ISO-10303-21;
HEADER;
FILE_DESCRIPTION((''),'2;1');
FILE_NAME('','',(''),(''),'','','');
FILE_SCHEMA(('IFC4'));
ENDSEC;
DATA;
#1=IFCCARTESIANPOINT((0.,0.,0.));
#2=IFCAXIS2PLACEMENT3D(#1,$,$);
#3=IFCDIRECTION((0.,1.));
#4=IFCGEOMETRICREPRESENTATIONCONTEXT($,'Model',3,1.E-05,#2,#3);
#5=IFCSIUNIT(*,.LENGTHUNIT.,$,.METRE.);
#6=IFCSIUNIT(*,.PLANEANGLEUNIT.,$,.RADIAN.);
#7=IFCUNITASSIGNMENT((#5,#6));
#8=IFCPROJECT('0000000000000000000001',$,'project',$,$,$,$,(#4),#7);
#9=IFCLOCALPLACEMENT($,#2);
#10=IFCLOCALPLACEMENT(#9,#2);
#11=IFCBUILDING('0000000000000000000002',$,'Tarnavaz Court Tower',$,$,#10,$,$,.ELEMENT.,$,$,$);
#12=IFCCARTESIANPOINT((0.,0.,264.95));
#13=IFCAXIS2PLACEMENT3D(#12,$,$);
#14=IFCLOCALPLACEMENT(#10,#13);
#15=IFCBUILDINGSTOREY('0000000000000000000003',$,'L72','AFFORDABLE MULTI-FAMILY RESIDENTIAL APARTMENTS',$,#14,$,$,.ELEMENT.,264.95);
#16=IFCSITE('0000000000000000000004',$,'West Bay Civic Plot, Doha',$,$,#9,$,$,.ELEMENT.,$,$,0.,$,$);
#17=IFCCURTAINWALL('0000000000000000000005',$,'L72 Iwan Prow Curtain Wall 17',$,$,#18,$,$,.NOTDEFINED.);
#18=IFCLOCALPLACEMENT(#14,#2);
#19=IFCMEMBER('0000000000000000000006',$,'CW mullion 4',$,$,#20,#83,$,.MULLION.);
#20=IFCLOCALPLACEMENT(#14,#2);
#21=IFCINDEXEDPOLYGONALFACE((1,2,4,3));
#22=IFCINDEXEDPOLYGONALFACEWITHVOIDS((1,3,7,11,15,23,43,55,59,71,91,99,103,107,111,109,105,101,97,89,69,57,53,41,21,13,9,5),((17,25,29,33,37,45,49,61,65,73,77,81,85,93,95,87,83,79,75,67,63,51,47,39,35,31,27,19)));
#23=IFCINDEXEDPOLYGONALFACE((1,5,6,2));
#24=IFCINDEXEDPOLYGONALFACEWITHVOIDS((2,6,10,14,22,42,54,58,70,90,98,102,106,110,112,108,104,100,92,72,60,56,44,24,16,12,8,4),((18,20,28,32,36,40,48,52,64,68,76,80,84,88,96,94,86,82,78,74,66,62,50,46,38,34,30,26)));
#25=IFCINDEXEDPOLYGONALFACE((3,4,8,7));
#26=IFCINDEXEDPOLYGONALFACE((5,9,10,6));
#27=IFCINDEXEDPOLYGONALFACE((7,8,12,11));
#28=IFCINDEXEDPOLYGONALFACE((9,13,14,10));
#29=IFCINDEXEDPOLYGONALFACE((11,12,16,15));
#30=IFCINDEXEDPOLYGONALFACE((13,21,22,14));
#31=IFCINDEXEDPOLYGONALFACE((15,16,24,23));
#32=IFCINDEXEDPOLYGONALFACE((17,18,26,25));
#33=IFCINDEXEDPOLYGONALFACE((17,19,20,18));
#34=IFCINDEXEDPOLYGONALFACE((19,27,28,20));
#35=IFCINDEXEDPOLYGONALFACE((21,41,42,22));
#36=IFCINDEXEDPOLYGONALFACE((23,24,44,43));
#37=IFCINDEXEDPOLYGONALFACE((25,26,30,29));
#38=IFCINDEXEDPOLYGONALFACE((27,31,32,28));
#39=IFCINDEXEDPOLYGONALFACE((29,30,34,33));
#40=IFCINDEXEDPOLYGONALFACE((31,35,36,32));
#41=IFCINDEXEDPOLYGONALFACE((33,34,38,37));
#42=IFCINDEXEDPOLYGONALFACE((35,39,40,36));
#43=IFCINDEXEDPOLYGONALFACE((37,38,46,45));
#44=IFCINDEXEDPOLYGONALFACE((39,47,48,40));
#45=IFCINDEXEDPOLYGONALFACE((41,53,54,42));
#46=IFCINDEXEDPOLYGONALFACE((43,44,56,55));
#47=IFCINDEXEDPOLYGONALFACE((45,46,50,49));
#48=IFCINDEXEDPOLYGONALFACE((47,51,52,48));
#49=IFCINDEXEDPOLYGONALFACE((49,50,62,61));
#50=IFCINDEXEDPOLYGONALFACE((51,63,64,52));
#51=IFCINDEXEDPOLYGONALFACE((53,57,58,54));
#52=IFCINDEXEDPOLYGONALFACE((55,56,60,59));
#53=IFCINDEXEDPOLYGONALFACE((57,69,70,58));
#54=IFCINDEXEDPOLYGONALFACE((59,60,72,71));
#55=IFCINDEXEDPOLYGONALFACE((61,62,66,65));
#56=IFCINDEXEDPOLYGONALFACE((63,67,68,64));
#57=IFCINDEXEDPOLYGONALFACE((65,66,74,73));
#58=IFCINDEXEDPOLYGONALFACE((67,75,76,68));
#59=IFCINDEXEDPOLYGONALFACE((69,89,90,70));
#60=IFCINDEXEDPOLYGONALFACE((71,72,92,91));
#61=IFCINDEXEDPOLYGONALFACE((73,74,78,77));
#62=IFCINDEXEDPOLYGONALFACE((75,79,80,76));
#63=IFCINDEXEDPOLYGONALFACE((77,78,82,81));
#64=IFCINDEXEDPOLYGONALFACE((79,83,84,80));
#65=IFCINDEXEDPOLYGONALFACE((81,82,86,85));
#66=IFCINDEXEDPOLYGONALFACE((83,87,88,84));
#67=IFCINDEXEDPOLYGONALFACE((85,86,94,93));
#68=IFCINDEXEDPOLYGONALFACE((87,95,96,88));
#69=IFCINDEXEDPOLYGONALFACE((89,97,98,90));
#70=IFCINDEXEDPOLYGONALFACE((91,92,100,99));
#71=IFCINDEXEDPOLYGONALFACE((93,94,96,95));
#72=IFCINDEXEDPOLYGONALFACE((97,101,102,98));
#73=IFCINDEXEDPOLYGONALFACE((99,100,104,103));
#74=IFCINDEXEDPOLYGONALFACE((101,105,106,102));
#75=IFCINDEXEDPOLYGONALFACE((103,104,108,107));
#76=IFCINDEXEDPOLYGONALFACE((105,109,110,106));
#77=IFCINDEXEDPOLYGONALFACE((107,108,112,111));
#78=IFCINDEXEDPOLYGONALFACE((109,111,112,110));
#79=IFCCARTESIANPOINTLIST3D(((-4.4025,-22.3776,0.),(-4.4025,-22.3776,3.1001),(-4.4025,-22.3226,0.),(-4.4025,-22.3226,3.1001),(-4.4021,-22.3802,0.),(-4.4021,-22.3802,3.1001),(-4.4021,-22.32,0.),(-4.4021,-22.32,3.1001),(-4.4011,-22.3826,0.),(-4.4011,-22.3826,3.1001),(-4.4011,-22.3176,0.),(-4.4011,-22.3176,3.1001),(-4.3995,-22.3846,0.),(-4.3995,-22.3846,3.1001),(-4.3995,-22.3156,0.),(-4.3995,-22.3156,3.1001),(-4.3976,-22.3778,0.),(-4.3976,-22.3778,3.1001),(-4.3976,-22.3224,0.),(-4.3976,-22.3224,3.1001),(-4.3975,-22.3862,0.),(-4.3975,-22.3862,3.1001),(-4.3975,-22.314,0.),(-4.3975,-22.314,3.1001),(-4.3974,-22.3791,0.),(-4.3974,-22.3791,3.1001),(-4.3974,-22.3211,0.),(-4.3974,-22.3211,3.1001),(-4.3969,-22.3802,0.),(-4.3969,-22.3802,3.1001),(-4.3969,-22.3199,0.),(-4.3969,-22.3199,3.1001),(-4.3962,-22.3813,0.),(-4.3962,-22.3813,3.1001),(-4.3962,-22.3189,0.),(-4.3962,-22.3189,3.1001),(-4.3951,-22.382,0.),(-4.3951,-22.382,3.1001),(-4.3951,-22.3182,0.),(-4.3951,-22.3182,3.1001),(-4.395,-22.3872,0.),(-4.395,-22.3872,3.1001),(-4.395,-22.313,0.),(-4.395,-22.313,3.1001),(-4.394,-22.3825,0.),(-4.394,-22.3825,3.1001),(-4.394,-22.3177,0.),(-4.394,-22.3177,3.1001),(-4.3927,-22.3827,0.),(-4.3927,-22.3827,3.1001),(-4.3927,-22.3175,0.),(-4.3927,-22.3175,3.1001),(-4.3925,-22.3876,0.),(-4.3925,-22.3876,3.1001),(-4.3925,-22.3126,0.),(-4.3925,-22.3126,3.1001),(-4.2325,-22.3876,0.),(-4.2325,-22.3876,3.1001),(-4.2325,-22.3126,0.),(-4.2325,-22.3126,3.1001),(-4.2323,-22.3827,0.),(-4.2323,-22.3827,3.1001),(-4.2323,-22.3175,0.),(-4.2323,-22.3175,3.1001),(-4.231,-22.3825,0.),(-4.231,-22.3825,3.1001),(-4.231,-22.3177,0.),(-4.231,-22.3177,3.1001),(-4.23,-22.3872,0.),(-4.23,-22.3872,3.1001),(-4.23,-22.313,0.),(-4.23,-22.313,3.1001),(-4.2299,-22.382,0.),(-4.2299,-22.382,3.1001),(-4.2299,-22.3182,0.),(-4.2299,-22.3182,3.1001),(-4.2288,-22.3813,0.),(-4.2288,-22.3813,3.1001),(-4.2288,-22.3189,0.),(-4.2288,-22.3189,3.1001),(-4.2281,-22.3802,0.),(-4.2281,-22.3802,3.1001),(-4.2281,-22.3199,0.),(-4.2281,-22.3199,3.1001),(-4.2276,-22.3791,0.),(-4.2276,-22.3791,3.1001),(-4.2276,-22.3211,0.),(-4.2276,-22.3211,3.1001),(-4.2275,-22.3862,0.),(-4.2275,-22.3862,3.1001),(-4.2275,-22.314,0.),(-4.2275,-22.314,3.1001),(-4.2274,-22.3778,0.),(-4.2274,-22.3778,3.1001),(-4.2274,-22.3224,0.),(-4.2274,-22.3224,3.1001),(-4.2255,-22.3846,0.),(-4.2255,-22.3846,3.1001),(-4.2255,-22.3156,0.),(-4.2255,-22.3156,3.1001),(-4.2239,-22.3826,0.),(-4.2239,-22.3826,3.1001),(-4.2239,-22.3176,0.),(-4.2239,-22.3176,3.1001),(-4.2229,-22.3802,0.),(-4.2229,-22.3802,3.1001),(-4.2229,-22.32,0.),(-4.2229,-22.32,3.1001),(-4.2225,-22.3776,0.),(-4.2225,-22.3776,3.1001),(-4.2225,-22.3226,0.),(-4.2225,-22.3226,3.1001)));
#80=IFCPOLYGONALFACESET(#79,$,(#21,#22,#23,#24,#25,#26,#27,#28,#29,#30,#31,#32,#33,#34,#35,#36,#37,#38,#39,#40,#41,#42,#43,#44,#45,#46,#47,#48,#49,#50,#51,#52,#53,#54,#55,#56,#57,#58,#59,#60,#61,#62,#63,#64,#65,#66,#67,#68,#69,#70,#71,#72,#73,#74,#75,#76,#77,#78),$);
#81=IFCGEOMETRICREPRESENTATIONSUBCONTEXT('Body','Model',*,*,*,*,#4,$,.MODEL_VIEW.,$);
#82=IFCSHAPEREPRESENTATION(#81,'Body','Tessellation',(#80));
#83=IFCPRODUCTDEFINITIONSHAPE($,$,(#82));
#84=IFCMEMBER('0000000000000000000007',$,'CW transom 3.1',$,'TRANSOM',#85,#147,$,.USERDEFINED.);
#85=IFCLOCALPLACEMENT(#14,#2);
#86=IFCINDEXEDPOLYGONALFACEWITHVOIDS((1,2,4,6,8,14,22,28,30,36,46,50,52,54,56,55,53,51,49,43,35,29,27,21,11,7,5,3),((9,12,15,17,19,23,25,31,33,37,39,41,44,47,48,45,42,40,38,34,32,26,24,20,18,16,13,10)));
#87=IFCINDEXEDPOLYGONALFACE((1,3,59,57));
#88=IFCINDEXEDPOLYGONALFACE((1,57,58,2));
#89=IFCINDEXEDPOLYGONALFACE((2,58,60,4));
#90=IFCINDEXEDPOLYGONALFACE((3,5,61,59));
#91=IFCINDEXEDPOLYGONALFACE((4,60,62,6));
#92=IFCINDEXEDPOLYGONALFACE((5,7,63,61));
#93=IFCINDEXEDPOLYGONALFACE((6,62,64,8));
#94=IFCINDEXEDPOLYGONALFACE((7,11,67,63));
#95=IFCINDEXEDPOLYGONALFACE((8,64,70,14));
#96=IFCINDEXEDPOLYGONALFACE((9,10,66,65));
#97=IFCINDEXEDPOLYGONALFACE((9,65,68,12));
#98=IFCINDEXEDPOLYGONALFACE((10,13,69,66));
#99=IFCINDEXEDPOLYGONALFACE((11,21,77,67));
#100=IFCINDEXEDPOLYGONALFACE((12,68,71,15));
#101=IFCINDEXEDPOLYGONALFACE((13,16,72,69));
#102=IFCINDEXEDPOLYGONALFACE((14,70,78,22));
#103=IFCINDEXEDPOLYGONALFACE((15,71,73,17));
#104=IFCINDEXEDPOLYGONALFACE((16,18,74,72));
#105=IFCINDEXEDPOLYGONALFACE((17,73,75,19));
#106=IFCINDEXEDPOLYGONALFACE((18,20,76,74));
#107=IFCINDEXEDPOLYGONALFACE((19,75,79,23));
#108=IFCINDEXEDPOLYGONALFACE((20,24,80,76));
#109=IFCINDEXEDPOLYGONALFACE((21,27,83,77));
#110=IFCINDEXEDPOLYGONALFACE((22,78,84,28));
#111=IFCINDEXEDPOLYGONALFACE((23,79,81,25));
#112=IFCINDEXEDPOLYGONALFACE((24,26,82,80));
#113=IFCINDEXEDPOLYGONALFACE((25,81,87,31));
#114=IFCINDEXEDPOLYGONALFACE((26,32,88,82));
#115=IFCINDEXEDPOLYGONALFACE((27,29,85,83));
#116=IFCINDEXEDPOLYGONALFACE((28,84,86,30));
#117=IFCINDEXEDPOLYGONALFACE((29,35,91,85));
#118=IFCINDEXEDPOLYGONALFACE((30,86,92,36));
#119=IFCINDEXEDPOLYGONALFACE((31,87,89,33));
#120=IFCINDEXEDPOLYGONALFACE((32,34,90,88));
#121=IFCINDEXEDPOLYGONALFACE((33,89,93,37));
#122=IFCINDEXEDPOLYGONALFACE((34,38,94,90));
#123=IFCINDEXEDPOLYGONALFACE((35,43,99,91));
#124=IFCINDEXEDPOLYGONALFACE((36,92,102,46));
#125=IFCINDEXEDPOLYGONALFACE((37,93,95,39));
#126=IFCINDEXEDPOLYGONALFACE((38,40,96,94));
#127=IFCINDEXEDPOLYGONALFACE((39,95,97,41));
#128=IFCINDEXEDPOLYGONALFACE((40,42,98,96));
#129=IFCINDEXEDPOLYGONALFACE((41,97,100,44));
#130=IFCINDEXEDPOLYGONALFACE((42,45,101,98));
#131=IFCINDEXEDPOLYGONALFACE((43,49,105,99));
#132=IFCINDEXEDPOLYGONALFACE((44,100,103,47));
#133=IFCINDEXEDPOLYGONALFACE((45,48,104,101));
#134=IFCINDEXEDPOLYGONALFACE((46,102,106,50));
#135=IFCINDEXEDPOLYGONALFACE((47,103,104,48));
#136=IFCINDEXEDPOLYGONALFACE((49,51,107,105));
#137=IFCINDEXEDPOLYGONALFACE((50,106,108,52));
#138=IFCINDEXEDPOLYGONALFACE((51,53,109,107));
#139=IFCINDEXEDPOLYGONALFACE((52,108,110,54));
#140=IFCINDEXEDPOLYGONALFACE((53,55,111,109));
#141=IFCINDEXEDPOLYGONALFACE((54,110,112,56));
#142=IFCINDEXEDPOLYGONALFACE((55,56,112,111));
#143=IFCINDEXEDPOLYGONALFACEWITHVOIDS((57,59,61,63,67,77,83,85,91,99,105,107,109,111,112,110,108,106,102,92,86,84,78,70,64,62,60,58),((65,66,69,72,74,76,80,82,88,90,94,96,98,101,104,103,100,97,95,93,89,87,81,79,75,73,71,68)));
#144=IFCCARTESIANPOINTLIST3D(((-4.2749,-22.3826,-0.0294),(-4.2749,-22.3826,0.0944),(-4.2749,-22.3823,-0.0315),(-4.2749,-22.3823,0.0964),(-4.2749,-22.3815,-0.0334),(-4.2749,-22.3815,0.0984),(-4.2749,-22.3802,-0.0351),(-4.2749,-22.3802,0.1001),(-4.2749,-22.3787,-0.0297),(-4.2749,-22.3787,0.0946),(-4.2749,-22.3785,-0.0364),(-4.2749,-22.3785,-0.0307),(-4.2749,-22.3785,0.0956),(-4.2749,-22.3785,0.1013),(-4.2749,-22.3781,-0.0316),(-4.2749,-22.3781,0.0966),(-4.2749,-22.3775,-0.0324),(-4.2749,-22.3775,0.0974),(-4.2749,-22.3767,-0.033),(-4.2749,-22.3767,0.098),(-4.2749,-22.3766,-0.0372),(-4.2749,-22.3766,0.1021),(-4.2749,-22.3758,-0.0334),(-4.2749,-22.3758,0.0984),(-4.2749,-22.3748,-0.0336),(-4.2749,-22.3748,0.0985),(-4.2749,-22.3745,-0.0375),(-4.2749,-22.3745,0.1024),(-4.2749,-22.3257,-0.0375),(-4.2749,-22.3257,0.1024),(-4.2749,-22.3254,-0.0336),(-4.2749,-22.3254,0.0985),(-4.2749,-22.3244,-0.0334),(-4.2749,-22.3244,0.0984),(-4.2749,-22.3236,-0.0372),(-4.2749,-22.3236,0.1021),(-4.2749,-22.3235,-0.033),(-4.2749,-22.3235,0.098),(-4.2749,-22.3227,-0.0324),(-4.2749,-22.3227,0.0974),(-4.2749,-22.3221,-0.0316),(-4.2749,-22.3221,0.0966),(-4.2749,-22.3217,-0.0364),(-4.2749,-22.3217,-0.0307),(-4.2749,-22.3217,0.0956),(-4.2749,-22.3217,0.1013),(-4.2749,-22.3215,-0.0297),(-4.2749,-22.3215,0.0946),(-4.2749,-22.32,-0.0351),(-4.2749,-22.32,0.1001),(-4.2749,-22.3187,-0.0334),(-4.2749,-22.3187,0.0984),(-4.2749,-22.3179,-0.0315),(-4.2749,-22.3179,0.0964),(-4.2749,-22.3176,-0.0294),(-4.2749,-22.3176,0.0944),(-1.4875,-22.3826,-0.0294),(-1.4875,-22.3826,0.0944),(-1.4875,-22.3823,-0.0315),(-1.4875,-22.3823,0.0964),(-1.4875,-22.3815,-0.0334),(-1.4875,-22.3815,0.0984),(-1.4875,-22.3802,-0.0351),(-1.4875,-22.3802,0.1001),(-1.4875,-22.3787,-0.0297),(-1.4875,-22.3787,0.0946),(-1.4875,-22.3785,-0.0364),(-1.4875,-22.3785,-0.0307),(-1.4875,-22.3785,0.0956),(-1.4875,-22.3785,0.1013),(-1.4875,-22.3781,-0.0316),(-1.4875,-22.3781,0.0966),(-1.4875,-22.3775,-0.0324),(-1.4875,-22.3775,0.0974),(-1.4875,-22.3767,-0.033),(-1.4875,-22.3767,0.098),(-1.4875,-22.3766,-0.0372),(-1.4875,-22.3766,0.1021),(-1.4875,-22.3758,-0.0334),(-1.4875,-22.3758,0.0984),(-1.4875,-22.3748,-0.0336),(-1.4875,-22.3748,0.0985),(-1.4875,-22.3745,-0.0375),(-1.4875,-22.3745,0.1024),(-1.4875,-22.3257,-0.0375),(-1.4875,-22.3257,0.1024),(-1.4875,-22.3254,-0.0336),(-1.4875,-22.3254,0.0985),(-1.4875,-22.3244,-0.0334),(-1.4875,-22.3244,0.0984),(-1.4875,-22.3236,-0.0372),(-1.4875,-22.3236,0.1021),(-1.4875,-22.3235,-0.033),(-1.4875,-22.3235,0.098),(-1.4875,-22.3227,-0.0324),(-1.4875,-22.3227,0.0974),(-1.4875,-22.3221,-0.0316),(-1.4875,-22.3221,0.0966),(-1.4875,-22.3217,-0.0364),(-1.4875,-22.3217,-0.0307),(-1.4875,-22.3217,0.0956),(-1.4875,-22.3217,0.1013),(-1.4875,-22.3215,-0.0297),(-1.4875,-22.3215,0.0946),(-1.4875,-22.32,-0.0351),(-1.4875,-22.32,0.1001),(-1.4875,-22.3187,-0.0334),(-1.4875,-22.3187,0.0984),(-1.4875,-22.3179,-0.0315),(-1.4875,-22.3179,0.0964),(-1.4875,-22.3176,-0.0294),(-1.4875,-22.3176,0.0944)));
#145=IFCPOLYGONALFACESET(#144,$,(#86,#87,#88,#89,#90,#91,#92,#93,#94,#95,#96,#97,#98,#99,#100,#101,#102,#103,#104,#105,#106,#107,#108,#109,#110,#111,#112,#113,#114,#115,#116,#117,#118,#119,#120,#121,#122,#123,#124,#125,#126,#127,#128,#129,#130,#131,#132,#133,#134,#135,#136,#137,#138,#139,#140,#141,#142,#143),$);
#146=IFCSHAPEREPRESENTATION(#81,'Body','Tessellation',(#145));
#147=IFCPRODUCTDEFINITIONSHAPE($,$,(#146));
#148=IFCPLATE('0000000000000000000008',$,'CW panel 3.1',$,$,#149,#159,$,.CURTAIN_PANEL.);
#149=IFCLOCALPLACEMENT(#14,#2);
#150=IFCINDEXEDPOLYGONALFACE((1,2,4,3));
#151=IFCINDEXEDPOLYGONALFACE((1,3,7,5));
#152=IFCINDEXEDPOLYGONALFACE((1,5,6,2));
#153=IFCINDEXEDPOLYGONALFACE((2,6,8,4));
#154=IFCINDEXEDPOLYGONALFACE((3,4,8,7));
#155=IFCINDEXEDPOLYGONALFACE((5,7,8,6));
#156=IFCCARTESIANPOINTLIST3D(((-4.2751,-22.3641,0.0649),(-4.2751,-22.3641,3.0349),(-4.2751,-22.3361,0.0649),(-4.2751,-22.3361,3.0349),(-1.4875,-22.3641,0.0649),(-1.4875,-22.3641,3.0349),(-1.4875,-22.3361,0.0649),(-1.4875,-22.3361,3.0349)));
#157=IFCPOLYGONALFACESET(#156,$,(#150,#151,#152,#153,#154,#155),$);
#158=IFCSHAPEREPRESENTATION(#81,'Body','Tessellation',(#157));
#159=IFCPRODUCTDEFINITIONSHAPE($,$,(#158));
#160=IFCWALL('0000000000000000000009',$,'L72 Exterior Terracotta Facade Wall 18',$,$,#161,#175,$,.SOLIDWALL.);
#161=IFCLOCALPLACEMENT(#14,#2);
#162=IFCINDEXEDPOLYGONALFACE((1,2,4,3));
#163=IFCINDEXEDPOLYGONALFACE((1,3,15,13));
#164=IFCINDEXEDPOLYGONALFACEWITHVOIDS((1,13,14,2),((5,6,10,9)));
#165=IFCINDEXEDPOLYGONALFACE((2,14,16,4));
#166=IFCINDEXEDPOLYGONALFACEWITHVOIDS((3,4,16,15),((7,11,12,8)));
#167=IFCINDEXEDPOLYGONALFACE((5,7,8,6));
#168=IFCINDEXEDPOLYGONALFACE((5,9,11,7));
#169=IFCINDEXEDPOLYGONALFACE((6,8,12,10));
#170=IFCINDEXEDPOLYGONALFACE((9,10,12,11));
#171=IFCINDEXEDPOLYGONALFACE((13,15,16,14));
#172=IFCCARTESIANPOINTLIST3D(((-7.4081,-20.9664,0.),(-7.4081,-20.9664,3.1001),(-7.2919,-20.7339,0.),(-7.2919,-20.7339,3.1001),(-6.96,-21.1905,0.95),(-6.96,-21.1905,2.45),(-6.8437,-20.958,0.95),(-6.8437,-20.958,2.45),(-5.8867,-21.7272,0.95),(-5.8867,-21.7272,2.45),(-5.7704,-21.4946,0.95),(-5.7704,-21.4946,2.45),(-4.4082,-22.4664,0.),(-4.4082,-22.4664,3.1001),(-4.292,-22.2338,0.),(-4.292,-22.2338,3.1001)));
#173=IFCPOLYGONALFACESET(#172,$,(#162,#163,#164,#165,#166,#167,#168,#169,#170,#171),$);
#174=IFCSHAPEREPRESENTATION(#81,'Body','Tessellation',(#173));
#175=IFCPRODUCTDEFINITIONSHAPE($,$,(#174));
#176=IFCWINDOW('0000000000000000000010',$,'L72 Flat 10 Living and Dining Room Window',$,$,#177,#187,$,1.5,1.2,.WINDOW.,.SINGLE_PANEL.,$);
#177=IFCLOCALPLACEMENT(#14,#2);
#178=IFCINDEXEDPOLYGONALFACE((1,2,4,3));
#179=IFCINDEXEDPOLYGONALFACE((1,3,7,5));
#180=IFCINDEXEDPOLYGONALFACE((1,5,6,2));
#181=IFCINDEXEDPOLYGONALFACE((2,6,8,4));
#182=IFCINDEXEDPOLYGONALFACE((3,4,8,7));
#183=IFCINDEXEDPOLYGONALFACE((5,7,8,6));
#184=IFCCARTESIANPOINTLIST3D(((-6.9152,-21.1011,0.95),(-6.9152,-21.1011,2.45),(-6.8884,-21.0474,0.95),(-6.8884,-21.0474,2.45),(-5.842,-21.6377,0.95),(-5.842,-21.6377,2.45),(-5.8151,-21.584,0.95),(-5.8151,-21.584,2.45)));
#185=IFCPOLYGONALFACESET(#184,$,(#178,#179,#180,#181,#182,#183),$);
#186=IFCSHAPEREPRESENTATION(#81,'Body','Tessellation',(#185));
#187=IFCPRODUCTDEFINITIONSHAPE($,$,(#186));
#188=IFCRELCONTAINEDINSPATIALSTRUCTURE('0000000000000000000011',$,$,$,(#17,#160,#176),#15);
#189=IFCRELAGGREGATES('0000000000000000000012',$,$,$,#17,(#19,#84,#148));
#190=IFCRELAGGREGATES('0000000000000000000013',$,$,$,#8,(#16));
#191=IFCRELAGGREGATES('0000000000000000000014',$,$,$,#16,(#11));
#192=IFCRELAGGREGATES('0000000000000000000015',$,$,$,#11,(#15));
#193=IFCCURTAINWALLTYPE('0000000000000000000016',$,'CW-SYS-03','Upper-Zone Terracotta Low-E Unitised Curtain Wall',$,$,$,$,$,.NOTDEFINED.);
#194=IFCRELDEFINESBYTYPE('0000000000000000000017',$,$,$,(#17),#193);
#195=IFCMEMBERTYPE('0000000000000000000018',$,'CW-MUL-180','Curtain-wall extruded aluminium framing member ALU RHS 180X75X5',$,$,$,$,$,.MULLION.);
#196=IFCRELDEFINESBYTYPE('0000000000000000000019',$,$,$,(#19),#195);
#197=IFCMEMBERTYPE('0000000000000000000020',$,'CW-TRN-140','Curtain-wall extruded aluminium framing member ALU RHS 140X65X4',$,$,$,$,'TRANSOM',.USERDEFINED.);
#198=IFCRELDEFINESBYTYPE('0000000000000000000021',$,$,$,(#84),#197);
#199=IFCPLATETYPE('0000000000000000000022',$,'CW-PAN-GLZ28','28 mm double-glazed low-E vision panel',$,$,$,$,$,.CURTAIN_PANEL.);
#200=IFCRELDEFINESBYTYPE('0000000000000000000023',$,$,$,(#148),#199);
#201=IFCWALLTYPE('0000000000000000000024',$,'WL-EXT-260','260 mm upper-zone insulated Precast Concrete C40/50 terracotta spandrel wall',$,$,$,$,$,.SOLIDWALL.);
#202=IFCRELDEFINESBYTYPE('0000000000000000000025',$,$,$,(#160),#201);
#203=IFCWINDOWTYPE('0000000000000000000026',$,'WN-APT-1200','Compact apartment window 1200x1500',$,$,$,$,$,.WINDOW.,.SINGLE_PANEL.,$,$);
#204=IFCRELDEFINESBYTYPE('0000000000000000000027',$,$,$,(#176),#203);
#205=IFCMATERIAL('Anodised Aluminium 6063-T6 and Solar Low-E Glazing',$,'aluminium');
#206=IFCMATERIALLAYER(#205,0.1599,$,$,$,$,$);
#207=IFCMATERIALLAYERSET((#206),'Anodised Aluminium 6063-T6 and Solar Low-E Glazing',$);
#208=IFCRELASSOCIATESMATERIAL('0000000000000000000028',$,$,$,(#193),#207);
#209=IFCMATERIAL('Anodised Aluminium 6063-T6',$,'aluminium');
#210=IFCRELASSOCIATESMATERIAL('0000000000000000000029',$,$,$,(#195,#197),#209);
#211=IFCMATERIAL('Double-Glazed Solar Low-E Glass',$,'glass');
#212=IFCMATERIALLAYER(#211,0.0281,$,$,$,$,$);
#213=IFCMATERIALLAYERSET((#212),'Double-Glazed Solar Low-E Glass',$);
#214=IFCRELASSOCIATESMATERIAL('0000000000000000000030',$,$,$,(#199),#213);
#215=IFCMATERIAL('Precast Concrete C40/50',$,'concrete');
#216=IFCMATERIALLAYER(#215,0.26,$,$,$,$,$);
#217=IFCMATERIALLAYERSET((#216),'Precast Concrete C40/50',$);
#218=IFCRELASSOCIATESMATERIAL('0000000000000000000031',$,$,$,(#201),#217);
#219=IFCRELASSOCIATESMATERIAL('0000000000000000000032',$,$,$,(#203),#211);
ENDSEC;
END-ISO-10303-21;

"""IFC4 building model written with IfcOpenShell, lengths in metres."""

from ifc_helpers import new_model, si_unit, direction, frame, frame_2d, origin, origin_2d, place, context, subcontext, project, spatial, rectangle, hollow_rectangle, extrude, material, layer, layer_set, material_profile, profile_set, type_object, element, fill, aggregate, save


model = new_model("IFC4")

# Units and contexts
model_context = context("Model", 3, precision=1e-05, world=origin(), true_north=direction((0.0, 1.0)))
body_context = subcontext(model_context, "Body", "Model", "MODEL_VIEW")
ifc_project = project(units=[si_unit("LENGTHUNIT", "METRE"), si_unit("PLANEANGLEUNIT", "RADIAN")], contexts=[model_context])

# Site, building, storey
site_placement = place(None, origin())
site = spatial("IfcSite", under=ifc_project, at=site_placement, Name="West Bay Civic Plot, Doha", CompositionType="ELEMENT", RefElevation=0.0)
building_placement = place(site_placement, origin())
building = spatial("IfcBuilding", under=site, at=building_placement, Name="Tarnavaz Court Tower", CompositionType="ELEMENT")
storey_placement = place(building_placement, frame((0.0, 0.0, 264.95)))
storey = spatial("IfcBuildingStorey", under=building, at=storey_placement, Name="L72", Description="AFFORDABLE MULTI-FAMILY RESIDENTIAL APARTMENTS", CompositionType="ELEMENT", Elevation=264.95)

# Curtain wall, members, plate
ifc_material_1 = material(Name="Anodised Aluminium 6063-T6 and Solar Low-E Glazing", Category="aluminium")
ifc_layer_1 = layer(ifc_material_1, 0.1599)
ifc_layer_set_1 = layer_set([ifc_layer_1], Name="Anodised Aluminium 6063-T6 and Solar Low-E Glazing")
curtain_wall_type = type_object("IfcCurtainWallType", Name="CW-SYS-03", Description="Upper-Zone Terracotta Low-E Unitised Curtain Wall", PredefinedType="NOTDEFINED", material=ifc_layer_set_1)
curtain_wall_placement = place(storey_placement, origin())
curtain_wall = element("IfcCurtainWall", 1, at=curtain_wall_placement, inside=storey, type_object=curtain_wall_type, Name="L72 Iwan Prow Curtain Wall 17", PredefinedType="NOTDEFINED")
ifc_material_2 = material(Name="Anodised Aluminium 6063-T6", Category="aluminium")
ifc_material_profile_1 = material_profile(ifc_material_2, hollow_rectangle(XDim=0.075, YDim=0.1799, WallThickness=0.0049, InnerFilletRadius=0.0049, OuterFilletRadius=0.01, at=origin_2d()), Name="ALU RHS 180X75X5")
ifc_profile_set_1 = profile_set([ifc_material_profile_1], Name="Anodised Aluminium 6063-T6")
member_type_1 = type_object("IfcMemberType", Name="CW-MUL-180", Description="Curtain-wall extruded aluminium framing member ALU RHS 180X75X5", PredefinedType="MULLION", material=ifc_profile_set_1)
member_1_placement = place(storey_placement, frame((-4.3125, -22.3501, 0.0), z_axis=(0.0, 0.0, 1.0), x_axis=(0.0, -1.0, 0.0)))
member_1 = element("IfcMember", 2, at=member_1_placement, type_object=member_type_1, Name="CW mullion 4", PredefinedType="MULLION", context=body_context, shape_type="SweptSolid", body=[
    extrude(hollow_rectangle(XDim=0.075, YDim=0.1799, WallThickness=0.0049, InnerFilletRadius=0.0049, OuterFilletRadius=0.01, at=origin_2d()), origin(), (0.0, 0.0, 1.0), 3.1001),
])
ifc_material_profile_2 = material_profile(ifc_material_2, hollow_rectangle(XDim=0.0649, YDim=0.1399, WallThickness=0.0039, InnerFilletRadius=0.0039, OuterFilletRadius=0.0081, at=origin_2d()), Name="ALU RHS 140X65X4")
ifc_profile_set_2 = profile_set([ifc_material_profile_2], Name="Anodised Aluminium 6063-T6")
member_type_2 = type_object("IfcMemberType", Name="CW-TRN-140", Description="Curtain-wall extruded aluminium framing member ALU RHS 140X65X4", ElementType="TRANSOM", PredefinedType="USERDEFINED", material=ifc_profile_set_2)
member_2_placement = place(storey_placement, frame((-1.4875, -22.3501, 0.0325), z_axis=(-1.0, 0.0, 0.0), x_axis=(0.0, -1.0, 0.0)))
member_2 = element("IfcMember", 3, at=member_2_placement, type_object=member_type_2, Name="CW transom 3.1", ObjectType="TRANSOM", PredefinedType="USERDEFINED", context=body_context, shape_type="SweptSolid", body=[
    extrude(hollow_rectangle(XDim=0.0649, YDim=0.1399, WallThickness=0.0039, InnerFilletRadius=0.0039, OuterFilletRadius=0.0081, at=origin_2d()), origin(), (0.0, 0.0, 1.0), 2.7874),
])
ifc_material_3 = material(Name="Double-Glazed Solar Low-E Glass", Category="glass")
ifc_layer_2 = layer(ifc_material_3, 0.0281)
ifc_layer_set_2 = layer_set([ifc_layer_2], Name="Double-Glazed Solar Low-E Glass")
plate_type = type_object("IfcPlateType", Name="CW-PAN-GLZ28", Description="28 mm double-glazed low-E vision panel", PredefinedType="CURTAIN_PANEL", material=ifc_layer_set_2)
plate_placement = place(storey_placement, frame((-2.8813, -22.3501, 0.0649), z_axis=(0.0, 0.0, 1.0), x_axis=(-1.0, 0.0, 0.0)))
plate = element("IfcPlate", 4, at=plate_placement, type_object=plate_type, Name="CW panel 3.1", PredefinedType="CURTAIN_PANEL", context=body_context, shape_type="SweptSolid", body=[
    extrude(rectangle(XDim=2.7876, YDim=0.0281, at=origin_2d()), origin(), (0.0, 0.0, 1.0), 2.97),
])
aggregate(curtain_wall, [member_1, member_2, plate])

# Wall, opening, window
ifc_material_4 = material(Name="Precast Concrete C40/50", Category="concrete")
ifc_layer_3 = layer(ifc_material_4, 0.26)
ifc_layer_set_3 = layer_set([ifc_layer_3], Name="Precast Concrete C40/50")
wall_type_1 = type_object("IfcWallType", Name="WL-EXT-260", Description="260 mm upper-zone insulated Precast Concrete C40/50 terracotta spandrel wall", PredefinedType="SOLIDWALL", material=ifc_layer_set_3)
wall_1_placement = place(storey_placement, frame((-4.3501, -22.3501, 0.0), z_axis=(0.0, 0.0, 1.0), x_axis=(-0.894427, 0.447214, 0.0)))
wall_1 = element("IfcWall", 5, at=wall_1_placement, inside=storey, type_object=wall_type_1, Name="L72 Exterior Terracotta Facade Wall 18", PredefinedType="SOLIDWALL", context=body_context, shape_type="SweptSolid", body=[
    extrude(rectangle(XDim=3.354, YDim=0.26, at=frame_2d((1.677, 0.0))), origin(), (0.0, 0.0, 1.0), 3.1001),
])
opening_1_placement = place(wall_1_placement, frame((1.6528, 0.0, 0.95)))
opening_1 = element("IfcOpeningElement", 6, at=opening_1_placement, cuts=wall_1, PredefinedType="OPENING", context=body_context, shape_type="SweptSolid", body=[
    extrude(rectangle(XDim=1.2, YDim=1.5, at=frame_2d((0.6001, 0.75))), frame((0.0, 0.1399, 0.0), z_axis=(0.0, -1.0, 0.0), x_axis=(1.0, 0.0, 0.0)), (0.0, 0.0, 1.0), 0.28),
])
window_type = type_object("IfcWindowType", Name="WN-APT-1200", Description="Compact apartment window 1200x1500", PartitioningType="SINGLE_PANEL", PredefinedType="WINDOW", material=ifc_material_3)
window_placement = place(opening_1_placement, origin())
window = element("IfcWindow", 7, at=window_placement, inside=storey, type_object=window_type, Name="L72 Flat 10 Living and Dining Room Window", OverallHeight=1.5, OverallWidth=1.2, PartitioningType="SINGLE_PANEL", PredefinedType="WINDOW", context=body_context, shape_type="SweptSolid", body=[
    extrude(rectangle(XDim=1.2, YDim=1.5, at=frame_2d((0.6001, 0.75))), frame((0.0, 0.03, 0.0), z_axis=(0.0, -1.0, 0.0), x_axis=(1.0, 0.0, 0.0)), (0.0, 0.0, 1.0), 0.0601),
])
fill(opening_1, window)

save(model, "model.ifc")
